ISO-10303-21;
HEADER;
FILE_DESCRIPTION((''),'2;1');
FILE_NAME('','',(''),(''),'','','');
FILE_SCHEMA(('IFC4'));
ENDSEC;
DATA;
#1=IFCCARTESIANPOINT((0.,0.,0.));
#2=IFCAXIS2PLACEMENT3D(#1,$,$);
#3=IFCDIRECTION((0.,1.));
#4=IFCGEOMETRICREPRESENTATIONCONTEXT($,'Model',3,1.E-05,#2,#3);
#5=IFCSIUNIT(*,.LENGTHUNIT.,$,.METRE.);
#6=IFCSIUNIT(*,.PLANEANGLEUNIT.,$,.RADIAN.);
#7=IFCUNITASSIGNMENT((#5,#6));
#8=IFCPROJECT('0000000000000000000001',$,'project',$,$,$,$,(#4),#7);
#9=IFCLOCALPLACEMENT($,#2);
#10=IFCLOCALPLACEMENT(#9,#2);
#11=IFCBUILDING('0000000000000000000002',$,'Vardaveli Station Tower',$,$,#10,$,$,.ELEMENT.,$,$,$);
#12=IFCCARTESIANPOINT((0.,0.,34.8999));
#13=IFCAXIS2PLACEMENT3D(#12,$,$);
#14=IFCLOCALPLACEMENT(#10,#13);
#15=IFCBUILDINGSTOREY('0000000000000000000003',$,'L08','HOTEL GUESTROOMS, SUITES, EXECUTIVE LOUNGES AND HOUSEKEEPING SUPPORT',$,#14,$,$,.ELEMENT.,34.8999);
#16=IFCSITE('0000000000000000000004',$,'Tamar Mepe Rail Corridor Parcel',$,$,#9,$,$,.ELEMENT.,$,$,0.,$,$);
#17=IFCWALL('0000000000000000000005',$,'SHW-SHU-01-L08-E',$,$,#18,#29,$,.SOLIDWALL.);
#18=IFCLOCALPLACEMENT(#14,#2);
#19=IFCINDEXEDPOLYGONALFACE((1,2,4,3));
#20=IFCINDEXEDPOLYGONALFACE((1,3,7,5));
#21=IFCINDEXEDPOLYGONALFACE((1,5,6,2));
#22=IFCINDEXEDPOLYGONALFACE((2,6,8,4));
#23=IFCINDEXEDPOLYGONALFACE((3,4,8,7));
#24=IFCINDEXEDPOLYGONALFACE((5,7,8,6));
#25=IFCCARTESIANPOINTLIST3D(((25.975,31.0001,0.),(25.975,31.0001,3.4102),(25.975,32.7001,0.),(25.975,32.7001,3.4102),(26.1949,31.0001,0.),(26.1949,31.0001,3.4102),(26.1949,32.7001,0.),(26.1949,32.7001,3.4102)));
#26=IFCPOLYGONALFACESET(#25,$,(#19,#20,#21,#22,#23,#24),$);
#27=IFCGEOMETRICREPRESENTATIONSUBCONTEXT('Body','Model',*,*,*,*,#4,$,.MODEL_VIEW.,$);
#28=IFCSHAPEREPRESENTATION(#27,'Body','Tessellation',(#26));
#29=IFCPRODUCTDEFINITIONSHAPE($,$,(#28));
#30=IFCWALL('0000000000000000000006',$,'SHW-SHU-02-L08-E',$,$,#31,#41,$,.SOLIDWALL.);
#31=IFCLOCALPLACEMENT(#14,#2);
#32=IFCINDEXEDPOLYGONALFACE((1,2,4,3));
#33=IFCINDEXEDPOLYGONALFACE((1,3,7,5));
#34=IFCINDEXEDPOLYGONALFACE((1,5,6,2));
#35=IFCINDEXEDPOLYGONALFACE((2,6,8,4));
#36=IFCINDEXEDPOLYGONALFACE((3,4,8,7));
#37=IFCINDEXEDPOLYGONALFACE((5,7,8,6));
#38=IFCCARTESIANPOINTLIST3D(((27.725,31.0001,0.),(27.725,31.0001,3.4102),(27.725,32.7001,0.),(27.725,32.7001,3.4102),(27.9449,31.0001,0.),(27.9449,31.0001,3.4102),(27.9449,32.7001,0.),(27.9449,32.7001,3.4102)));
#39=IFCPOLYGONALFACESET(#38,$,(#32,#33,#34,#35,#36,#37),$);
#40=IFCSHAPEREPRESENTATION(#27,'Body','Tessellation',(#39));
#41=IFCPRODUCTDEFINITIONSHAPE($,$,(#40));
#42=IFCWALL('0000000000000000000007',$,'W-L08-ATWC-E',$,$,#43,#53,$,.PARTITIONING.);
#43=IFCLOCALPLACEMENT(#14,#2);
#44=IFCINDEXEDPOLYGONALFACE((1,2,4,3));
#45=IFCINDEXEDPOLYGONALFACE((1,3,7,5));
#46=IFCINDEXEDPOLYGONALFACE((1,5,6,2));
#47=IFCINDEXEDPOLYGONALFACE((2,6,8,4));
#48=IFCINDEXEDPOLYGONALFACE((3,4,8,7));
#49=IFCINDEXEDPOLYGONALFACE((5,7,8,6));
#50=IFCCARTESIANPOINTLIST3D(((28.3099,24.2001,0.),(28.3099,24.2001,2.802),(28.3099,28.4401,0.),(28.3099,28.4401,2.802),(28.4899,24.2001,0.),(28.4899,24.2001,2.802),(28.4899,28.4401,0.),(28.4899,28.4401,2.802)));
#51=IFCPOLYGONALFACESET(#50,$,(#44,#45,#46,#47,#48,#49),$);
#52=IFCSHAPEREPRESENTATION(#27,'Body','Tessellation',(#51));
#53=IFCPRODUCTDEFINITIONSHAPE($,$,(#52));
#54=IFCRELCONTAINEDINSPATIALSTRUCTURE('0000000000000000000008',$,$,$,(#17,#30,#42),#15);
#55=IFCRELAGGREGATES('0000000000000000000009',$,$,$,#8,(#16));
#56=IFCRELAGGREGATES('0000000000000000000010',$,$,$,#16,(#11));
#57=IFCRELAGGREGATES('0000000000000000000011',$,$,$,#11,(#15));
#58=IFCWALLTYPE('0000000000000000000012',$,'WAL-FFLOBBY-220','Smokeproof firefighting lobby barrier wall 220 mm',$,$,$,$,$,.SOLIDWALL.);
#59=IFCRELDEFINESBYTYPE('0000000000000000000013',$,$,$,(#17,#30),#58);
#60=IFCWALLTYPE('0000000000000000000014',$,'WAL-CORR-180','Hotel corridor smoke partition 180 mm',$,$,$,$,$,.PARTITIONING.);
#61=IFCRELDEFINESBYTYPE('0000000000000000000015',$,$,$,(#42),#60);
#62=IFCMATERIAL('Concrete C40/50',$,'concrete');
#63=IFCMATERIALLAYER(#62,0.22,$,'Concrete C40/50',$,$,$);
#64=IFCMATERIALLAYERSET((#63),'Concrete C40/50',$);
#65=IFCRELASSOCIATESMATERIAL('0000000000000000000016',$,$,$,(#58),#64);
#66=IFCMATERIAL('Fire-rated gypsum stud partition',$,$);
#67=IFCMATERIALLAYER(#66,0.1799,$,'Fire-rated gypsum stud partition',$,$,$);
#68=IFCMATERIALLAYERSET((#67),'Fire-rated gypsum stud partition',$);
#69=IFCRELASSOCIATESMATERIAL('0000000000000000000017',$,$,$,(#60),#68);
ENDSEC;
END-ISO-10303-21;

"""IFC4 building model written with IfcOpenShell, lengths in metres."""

from ifc_helpers import new_model, si_unit, direction, frame, frame_2d, origin, place, context, subcontext, project, spatial, rectangle, extrude, source, transform, mapped, material, layer, layer_set, type_object, element, save


model = new_model("IFC4")

# Units and contexts
model_context = context("Model", 3, precision=1e-05, world=origin(), true_north=direction((0.0, 1.0)))
body_context = subcontext(model_context, "Body", "Model", "MODEL_VIEW")
ifc_project = project(units=[si_unit("LENGTHUNIT", "METRE"), si_unit("PLANEANGLEUNIT", "RADIAN")], contexts=[model_context])

# Site, building, storey
site_placement = place(None, origin())
site = spatial("IfcSite", under=ifc_project, at=site_placement, Name="Tamar Mepe Rail Corridor Parcel", CompositionType="ELEMENT", RefElevation=0.0)
building_placement = place(site_placement, origin())
building = spatial("IfcBuilding", under=site, at=building_placement, Name="Vardaveli Station Tower", CompositionType="ELEMENT")
storey_placement = place(building_placement, frame((0.0, 0.0, 34.8999)))
storey = spatial("IfcBuildingStorey", under=building, at=storey_placement, Name="L08", Description="HOTEL GUESTROOMS, SUITES, EXECUTIVE LOUNGES AND HOUSEKEEPING SUPPORT", CompositionType="ELEMENT", Elevation=34.8999)

# Shared definitions
ifc_material_1 = material(Name="Concrete C40/50", Category="concrete")

# Shared definitions
ifc_layer_1 = layer(ifc_material_1, 0.22, Name="Concrete C40/50")
ifc_layer_set_1 = layer_set([ifc_layer_1], Name="Concrete C40/50")
wall_type_1 = type_object("IfcWallType", Name="WAL-FFLOBBY-220", Description="Smokeproof firefighting lobby barrier wall 220 mm", PredefinedType="SOLIDWALL", material=ifc_layer_set_1)

# Walls
shared_shape_1 = source(origin(), body_context, "Body", "SweptSolid", [
    extrude(rectangle(XDim=1.7, YDim=0.22, at=frame_2d((0.8501, 0.0))), origin(), (0.0, 0.0, 1.0), 3.4102),
])
for number, where, z_axis, x_axis, name in (
    (1, (26.085, 31.0, 0.0), (0.0, 0.0, 1.0), (0.0, 1.0, 0.0), "SHW-SHU-01-L08-E"),
    (2, (27.835, 31.0, 0.0), (0.0, 0.0, 1.0), (0.0, 1.0, 0.0), "SHW-SHU-02-L08-E"),
):
    element("IfcWall", number, at=place(storey_placement, frame(where, z_axis=z_axis, x_axis=x_axis)), inside=storey, type_object=wall_type_1, Name=name, PredefinedType="SOLIDWALL", context=body_context, shape_type="MappedRepresentation", body=[
        mapped(shared_shape_1, transform((0.0, 0.0, 0.0), scale=1.0)),
    ])
ifc_material_2 = material(Name="Fire-rated gypsum stud partition")
ifc_layer_2 = layer(ifc_material_2, 0.1799, Name="Fire-rated gypsum stud partition")
ifc_layer_set_2 = layer_set([ifc_layer_2], Name="Fire-rated gypsum stud partition")
wall_type_2 = type_object("IfcWallType", Name="WAL-CORR-180", Description="Hotel corridor smoke partition 180 mm", PredefinedType="PARTITIONING", material=ifc_layer_set_2)
shared_shape_2 = source(origin(), body_context, "Body", "SweptSolid", [
    extrude(rectangle(XDim=4.24, YDim=0.1799, at=frame_2d((2.1201, 0.0))), origin(), (0.0, 0.0, 1.0), 2.802),
])
wall_1_placement = place(storey_placement, frame((28.3999, 24.2, 0.0), z_axis=(0.0, 0.0, 1.0), x_axis=(0.0, 1.0, 0.0)))
element("IfcWall", 3, at=wall_1_placement, inside=storey, type_object=wall_type_2, Name="W-L08-ATWC-E", PredefinedType="PARTITIONING", context=body_context, shape_type="MappedRepresentation", body=[
    mapped(shared_shape_2, transform((0.0, 0.0, 0.0), scale=1.0)),
])

save(model, "model.ifc")
